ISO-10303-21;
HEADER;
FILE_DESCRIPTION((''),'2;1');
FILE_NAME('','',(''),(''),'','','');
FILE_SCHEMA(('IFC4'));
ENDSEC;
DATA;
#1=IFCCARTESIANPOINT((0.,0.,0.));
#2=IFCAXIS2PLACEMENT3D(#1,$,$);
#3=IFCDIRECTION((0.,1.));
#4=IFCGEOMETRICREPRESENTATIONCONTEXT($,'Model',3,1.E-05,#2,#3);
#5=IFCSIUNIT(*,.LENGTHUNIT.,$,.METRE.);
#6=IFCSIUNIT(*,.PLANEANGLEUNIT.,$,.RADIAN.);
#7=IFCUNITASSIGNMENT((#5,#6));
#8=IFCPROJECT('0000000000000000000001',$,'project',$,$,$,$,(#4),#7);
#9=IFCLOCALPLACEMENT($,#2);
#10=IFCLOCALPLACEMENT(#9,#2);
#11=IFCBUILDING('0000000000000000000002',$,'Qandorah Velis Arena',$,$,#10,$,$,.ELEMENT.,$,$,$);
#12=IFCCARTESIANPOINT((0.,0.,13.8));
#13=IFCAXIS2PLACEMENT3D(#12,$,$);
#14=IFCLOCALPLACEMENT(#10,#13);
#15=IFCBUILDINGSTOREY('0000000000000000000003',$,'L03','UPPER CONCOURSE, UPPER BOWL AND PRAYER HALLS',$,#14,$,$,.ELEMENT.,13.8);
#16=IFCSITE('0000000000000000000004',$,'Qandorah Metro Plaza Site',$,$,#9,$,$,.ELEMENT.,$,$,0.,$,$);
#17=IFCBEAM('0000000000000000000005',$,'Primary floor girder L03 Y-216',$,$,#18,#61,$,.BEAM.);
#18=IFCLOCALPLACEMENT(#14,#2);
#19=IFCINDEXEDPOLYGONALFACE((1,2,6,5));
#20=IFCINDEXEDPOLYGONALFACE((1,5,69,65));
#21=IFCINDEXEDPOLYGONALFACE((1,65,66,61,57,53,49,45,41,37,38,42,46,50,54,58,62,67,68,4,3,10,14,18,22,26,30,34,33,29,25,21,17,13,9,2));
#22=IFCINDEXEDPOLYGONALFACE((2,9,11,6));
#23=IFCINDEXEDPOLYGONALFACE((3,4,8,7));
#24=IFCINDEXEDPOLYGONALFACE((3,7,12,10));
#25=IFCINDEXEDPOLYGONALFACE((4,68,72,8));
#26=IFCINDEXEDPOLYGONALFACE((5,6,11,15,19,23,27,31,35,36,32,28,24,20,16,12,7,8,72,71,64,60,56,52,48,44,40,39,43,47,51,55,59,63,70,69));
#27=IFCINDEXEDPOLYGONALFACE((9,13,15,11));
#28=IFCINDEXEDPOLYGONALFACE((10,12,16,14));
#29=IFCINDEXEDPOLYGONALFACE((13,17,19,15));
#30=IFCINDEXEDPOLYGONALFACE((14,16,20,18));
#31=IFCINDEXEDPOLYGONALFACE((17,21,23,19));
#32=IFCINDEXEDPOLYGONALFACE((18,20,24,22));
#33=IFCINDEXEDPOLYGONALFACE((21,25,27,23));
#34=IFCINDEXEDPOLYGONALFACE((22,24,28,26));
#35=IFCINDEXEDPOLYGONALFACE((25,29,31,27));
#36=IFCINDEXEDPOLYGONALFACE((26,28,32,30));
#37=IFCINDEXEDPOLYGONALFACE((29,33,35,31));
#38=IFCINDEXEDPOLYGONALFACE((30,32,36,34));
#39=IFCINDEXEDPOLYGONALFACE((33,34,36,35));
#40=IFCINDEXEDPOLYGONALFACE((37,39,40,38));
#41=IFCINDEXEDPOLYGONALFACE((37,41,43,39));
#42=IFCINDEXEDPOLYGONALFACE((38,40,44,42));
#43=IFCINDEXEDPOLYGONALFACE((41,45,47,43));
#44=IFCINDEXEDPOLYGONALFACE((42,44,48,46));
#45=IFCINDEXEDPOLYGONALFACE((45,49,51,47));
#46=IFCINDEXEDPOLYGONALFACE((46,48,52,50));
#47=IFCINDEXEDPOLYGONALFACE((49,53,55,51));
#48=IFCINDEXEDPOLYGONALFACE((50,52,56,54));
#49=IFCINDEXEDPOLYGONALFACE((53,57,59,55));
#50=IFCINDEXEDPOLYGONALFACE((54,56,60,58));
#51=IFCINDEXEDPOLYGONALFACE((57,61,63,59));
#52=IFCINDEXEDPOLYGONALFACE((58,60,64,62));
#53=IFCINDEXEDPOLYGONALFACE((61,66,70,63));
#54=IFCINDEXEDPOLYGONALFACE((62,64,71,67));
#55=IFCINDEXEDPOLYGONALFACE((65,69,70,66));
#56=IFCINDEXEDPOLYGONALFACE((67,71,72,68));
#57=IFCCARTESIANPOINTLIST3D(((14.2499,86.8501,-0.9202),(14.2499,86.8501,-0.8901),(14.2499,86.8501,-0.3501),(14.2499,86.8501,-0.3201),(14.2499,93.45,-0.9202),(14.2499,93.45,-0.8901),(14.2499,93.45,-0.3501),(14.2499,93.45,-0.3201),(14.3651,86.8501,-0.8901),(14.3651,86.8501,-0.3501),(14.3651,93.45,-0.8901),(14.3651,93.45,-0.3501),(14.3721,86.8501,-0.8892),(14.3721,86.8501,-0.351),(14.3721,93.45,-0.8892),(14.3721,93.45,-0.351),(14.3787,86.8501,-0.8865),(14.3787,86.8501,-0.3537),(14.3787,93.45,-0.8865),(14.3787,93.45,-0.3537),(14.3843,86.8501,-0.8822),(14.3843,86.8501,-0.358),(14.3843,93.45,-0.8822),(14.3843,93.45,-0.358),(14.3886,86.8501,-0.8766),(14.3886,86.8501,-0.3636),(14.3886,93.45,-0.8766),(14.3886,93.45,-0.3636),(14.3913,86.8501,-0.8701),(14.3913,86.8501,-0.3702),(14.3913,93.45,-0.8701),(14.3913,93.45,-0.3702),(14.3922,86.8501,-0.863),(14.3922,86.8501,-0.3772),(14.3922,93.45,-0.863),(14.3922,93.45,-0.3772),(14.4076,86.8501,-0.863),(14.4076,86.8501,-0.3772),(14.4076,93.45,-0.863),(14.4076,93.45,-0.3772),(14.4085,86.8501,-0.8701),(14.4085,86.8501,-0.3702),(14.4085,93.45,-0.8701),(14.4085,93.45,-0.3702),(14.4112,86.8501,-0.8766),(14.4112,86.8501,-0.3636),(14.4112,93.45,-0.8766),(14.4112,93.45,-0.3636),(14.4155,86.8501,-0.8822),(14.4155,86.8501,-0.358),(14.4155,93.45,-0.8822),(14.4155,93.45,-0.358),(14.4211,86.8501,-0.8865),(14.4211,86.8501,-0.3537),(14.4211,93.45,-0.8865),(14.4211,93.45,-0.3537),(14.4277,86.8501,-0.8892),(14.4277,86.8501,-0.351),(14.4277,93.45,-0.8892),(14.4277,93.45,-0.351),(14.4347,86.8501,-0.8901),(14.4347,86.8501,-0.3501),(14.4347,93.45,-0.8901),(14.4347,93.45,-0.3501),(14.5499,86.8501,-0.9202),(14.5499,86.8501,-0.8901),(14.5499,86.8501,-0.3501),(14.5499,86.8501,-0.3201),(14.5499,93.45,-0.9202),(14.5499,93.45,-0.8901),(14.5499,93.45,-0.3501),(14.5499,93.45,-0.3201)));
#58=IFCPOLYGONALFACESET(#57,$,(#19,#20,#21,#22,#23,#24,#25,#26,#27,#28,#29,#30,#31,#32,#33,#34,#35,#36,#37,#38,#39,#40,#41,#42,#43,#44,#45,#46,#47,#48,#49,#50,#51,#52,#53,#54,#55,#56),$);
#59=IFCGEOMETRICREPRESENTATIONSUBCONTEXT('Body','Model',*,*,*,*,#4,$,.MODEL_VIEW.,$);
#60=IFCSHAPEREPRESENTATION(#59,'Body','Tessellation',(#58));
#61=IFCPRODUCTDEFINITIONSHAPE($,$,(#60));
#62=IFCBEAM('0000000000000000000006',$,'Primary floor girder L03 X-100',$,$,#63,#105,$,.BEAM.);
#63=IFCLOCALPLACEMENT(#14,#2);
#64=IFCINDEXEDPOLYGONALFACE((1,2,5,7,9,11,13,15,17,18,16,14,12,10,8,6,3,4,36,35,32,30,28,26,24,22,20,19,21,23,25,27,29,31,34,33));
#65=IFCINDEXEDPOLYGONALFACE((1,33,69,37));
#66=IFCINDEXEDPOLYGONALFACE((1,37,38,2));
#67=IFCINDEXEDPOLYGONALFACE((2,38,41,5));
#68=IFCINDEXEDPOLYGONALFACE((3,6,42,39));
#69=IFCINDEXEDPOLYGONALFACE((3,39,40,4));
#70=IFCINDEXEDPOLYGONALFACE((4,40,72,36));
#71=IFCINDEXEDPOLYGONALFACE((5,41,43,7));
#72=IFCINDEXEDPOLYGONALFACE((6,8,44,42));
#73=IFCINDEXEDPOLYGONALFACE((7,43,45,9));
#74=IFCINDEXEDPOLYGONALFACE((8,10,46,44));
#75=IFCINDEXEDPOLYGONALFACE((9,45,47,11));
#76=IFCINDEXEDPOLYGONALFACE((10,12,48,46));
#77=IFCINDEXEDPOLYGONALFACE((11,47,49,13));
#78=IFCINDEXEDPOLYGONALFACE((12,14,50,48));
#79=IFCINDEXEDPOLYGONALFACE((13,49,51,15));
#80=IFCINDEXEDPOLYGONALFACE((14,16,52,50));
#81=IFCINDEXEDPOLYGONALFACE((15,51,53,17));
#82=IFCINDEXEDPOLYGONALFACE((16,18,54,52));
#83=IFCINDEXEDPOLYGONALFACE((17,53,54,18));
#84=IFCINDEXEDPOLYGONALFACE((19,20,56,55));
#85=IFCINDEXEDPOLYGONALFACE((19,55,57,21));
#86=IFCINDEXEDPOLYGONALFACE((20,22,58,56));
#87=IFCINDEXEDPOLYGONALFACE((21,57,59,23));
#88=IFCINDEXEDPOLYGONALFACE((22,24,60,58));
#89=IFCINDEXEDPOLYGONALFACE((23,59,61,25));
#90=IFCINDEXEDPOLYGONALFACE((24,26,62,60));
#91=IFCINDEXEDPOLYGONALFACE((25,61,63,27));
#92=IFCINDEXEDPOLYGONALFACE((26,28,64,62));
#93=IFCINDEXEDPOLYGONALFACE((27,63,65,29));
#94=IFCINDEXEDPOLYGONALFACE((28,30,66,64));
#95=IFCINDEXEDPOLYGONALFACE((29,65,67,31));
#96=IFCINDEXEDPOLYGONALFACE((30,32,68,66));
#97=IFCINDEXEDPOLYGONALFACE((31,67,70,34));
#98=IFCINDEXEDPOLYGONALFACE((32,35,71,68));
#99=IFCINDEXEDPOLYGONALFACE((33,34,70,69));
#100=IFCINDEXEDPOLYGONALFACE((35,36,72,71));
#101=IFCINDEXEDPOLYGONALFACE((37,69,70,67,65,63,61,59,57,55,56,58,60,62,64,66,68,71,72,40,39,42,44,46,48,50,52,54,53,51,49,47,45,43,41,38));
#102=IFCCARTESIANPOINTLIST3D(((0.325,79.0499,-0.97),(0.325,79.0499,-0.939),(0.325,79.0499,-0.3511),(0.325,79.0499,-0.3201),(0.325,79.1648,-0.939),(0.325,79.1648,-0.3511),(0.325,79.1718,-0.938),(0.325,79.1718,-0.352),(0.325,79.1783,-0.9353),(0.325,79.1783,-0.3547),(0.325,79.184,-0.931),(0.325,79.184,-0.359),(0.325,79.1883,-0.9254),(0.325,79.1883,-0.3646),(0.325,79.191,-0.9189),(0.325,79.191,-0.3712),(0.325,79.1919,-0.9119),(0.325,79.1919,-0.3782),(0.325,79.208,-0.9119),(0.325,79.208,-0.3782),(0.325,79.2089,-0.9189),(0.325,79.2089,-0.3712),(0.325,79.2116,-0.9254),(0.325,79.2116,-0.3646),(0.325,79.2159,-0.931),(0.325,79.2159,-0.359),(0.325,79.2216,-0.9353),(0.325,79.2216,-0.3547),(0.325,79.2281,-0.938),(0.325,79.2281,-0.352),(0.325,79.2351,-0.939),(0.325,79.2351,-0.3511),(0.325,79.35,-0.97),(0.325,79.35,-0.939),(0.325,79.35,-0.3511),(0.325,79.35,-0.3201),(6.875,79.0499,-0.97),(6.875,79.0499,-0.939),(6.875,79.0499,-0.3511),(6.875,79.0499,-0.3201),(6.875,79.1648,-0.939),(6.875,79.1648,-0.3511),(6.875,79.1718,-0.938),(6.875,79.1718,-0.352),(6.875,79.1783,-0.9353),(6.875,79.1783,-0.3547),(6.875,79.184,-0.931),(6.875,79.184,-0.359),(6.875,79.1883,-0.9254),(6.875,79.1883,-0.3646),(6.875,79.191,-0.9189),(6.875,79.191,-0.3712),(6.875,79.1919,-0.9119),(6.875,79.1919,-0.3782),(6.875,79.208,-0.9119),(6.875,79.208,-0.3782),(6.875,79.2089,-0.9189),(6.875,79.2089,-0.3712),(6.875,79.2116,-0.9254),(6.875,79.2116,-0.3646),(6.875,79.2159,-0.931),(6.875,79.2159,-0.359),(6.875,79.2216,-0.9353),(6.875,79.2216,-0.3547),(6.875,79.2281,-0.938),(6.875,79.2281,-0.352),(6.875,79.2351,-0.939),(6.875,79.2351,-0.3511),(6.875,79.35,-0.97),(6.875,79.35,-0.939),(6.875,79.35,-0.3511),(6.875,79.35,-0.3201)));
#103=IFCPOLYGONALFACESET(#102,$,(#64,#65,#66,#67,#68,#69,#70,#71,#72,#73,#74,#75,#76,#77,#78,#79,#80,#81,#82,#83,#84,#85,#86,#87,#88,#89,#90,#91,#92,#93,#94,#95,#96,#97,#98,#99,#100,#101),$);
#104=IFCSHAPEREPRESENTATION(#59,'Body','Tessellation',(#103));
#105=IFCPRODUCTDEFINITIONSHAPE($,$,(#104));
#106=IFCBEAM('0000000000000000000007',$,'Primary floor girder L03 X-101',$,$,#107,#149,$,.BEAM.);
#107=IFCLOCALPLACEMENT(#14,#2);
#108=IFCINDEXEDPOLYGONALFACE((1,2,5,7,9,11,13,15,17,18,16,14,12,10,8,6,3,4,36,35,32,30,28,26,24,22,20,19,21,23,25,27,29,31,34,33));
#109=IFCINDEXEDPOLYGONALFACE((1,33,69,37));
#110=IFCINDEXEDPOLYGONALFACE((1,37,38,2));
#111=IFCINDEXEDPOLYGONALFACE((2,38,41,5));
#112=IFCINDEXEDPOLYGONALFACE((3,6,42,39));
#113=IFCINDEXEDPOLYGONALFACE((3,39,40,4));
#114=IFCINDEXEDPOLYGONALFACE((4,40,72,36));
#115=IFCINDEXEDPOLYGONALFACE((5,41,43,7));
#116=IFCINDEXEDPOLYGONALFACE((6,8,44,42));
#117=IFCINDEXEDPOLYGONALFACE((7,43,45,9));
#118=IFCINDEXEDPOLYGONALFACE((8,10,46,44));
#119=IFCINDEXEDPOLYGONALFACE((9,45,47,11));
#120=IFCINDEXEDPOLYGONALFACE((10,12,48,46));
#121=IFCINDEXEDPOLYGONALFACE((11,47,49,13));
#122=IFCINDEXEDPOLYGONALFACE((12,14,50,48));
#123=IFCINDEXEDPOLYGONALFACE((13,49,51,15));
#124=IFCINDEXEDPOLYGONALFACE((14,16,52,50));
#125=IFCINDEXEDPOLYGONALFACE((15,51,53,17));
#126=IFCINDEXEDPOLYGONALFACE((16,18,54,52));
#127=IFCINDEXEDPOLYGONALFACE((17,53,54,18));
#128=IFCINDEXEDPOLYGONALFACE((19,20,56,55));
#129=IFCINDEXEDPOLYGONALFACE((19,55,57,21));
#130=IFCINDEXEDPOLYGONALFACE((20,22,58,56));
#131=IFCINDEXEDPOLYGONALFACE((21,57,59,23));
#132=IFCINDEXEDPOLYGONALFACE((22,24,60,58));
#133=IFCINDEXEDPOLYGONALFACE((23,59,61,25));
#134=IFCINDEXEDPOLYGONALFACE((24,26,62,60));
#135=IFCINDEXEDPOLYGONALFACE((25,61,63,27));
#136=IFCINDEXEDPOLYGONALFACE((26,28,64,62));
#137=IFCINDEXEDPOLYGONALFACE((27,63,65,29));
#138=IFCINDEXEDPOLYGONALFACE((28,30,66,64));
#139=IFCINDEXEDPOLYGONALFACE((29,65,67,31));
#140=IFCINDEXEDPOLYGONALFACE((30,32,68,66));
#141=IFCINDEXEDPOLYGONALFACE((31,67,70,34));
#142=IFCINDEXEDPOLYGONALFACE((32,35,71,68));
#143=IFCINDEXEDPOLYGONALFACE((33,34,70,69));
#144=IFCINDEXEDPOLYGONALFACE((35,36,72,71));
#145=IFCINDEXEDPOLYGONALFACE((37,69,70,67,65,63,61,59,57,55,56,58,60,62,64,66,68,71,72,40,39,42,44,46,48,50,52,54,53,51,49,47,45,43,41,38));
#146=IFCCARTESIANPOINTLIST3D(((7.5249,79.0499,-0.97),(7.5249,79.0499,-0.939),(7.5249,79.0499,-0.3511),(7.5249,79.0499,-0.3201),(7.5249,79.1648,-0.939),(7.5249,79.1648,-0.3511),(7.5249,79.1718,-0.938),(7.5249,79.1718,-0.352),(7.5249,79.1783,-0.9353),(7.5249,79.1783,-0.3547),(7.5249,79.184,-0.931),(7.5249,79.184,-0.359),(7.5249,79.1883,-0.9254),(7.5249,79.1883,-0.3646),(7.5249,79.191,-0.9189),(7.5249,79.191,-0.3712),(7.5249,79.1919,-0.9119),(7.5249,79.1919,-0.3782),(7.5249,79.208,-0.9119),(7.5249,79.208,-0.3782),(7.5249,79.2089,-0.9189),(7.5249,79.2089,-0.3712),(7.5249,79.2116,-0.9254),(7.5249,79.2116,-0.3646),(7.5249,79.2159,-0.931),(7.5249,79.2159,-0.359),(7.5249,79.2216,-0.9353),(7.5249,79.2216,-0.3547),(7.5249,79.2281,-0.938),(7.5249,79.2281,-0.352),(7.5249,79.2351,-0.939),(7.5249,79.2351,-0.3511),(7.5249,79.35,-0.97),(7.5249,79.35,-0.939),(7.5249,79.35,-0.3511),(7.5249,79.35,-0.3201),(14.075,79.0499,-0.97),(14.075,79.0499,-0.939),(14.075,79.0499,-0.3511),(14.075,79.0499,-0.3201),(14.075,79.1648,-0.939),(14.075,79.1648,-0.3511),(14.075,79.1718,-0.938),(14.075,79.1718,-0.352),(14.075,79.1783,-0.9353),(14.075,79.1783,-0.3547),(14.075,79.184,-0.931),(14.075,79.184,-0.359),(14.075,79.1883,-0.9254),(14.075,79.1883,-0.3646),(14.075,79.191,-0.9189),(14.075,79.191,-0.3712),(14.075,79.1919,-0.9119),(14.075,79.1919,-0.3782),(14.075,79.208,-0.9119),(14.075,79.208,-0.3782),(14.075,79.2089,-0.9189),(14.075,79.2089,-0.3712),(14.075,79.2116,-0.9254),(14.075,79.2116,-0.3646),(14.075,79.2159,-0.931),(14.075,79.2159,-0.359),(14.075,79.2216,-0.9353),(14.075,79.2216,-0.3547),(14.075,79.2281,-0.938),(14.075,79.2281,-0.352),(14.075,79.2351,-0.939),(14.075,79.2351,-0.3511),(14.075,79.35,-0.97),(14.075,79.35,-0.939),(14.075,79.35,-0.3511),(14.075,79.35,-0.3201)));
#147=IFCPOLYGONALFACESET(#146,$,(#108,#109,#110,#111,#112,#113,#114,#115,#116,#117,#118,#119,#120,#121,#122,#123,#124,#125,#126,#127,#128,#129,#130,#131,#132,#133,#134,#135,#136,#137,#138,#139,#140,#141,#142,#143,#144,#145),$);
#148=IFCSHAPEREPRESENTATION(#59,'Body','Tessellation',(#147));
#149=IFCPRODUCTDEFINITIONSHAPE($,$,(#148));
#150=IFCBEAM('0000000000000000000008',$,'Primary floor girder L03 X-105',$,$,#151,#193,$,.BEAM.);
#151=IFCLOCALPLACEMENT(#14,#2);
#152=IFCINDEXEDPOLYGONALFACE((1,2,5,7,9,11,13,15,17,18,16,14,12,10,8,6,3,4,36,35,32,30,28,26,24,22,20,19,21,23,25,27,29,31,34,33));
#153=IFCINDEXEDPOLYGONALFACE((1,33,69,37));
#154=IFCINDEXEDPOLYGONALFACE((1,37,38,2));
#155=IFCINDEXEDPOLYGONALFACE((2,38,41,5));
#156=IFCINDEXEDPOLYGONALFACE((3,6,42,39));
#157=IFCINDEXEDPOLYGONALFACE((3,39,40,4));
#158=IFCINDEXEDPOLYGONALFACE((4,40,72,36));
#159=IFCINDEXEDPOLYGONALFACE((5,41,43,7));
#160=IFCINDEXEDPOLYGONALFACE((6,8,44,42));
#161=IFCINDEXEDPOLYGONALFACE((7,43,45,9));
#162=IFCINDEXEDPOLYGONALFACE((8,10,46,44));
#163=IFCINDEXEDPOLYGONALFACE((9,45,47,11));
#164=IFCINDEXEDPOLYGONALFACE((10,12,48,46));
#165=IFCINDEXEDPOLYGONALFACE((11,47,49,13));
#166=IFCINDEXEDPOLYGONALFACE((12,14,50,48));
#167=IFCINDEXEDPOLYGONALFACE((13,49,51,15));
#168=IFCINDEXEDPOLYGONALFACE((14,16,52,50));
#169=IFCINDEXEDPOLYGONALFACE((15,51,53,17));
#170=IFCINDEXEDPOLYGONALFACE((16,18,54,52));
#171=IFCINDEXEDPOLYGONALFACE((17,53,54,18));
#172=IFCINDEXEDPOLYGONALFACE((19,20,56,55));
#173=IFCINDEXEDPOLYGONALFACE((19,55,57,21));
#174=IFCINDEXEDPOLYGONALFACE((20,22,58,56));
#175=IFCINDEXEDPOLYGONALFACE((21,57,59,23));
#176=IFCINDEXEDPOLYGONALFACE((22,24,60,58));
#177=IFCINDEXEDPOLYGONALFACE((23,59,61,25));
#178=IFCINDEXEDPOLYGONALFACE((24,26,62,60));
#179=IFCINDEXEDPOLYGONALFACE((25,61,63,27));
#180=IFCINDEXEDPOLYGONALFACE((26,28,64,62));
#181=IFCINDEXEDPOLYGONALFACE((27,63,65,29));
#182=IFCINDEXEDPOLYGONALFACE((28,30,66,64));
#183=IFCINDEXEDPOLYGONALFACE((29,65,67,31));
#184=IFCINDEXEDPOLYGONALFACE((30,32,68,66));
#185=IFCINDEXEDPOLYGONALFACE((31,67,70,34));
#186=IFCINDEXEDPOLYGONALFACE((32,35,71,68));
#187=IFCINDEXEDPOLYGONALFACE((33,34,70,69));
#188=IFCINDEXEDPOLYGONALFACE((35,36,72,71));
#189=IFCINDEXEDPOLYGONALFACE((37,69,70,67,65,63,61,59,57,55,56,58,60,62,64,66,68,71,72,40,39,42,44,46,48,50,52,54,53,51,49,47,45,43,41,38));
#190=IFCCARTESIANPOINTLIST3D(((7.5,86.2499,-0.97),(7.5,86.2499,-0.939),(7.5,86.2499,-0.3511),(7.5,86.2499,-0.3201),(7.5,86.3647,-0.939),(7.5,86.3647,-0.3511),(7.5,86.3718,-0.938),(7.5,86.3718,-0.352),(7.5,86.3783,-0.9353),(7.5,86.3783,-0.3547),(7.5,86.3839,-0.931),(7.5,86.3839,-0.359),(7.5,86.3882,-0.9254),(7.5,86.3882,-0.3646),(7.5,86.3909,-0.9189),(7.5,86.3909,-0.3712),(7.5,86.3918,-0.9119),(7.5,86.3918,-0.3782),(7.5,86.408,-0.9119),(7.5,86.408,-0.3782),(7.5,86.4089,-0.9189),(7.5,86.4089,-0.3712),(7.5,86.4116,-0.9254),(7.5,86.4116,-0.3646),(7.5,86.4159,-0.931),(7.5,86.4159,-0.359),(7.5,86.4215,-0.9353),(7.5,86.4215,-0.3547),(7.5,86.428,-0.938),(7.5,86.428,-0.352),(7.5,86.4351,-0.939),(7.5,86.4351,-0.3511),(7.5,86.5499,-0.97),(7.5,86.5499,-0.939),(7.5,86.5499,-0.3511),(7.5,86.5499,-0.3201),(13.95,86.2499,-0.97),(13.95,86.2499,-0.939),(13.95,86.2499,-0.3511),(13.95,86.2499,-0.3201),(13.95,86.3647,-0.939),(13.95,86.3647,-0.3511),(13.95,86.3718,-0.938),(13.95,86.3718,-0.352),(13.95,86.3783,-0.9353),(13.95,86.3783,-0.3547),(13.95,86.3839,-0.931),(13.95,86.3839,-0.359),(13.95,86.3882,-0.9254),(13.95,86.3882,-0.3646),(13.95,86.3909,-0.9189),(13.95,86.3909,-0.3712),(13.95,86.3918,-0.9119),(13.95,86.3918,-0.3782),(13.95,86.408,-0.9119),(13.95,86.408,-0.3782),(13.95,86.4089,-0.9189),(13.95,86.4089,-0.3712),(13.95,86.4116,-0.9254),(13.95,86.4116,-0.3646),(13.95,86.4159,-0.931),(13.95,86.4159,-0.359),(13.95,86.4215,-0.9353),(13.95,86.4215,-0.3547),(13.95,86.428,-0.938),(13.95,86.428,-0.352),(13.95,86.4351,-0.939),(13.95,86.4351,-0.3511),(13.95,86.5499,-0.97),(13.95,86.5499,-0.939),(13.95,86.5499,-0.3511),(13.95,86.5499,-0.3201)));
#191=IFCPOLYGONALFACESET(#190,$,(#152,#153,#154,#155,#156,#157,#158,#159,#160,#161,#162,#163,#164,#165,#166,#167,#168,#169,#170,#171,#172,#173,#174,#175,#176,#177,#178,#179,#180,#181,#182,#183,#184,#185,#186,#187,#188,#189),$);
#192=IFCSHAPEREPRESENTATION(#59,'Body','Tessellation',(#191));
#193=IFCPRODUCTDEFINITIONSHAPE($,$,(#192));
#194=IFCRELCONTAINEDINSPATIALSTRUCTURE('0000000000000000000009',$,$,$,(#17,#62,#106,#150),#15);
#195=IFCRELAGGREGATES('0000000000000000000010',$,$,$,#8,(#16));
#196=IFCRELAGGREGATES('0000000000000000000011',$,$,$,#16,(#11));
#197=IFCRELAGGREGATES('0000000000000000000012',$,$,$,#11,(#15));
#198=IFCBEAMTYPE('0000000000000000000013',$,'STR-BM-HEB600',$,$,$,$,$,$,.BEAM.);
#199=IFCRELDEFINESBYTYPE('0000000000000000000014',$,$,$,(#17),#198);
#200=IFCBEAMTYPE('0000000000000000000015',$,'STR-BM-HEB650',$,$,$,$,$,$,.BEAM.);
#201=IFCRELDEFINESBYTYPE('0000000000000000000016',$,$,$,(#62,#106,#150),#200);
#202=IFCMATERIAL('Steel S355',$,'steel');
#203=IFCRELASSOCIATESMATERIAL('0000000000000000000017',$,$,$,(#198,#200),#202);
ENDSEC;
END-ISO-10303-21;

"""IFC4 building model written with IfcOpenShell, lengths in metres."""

from ifc_helpers import new_model, si_unit, direction, frame, origin, origin_2d, place, context, subcontext, project, spatial, i_section, extrude, material, material_profile, profile_set, type_object, element, save


model = new_model("IFC4")

# Units and contexts
model_context = context("Model", 3, precision=1e-05, world=origin(), true_north=direction((0.0, 1.0)))
body_context = subcontext(model_context, "Body", "Model", "MODEL_VIEW")
ifc_project = project(units=[si_unit("LENGTHUNIT", "METRE"), si_unit("PLANEANGLEUNIT", "RADIAN")], contexts=[model_context])

# Site, building, storey
site_placement = place(None, origin())
site = spatial("IfcSite", under=ifc_project, at=site_placement, Name="Qandorah Metro Plaza Site", CompositionType="ELEMENT", RefElevation=0.0)
building_placement = place(site_placement, origin())
building = spatial("IfcBuilding", under=site, at=building_placement, Name="Qandorah Velis Arena", CompositionType="ELEMENT")
storey_placement = place(building_placement, frame((0.0, 0.0, 13.8)))
storey = spatial("IfcBuildingStorey", under=building, at=storey_placement, Name="L03", Description="UPPER CONCOURSE, UPPER BOWL AND PRAYER HALLS", CompositionType="ELEMENT", Elevation=13.8)

# Beams
ifc_material_1 = material(Name="Steel S355", Category="steel")
ifc_material_profile_1 = material_profile(ifc_material_1, i_section(OverallWidth=0.3, OverallDepth=0.6001, WebThickness=0.0154, FlangeThickness=0.03, FilletRadius=0.0271, at=origin_2d()), Name="HEB 600")
ifc_profile_set_1 = profile_set([ifc_material_profile_1], Name="Steel S355")
beam_type_1 = type_object("IfcBeamType", Name="STR-BM-HEB600", PredefinedType="BEAM", material=ifc_profile_set_1)
beam_1_placement = place(storey_placement, frame((14.3999, 86.8501, -0.6201), z_axis=(0.0, 1.0, 0.0), x_axis=(-1.0, 0.0, 0.0)))
element("IfcBeam", 1, at=beam_1_placement, inside=storey, type_object=beam_type_1, Name="Primary floor girder L03 Y-216", PredefinedType="BEAM", context=body_context, shape_type="SweptSolid", body=[
    extrude(i_section(OverallWidth=0.3, OverallDepth=0.6001, WebThickness=0.0154, FlangeThickness=0.03, FilletRadius=0.0271, at=origin_2d()), origin(), (0.0, 0.0, 1.0), 6.5999),
])
ifc_material_profile_2 = material_profile(ifc_material_1, i_section(OverallWidth=0.3, OverallDepth=0.6499, WebThickness=0.0161, FlangeThickness=0.031, FilletRadius=0.0271, at=origin_2d()), Name="HEB 650")
ifc_profile_set_2 = profile_set([ifc_material_profile_2], Name="Steel S355")
beam_type_2 = type_object("IfcBeamType", Name="STR-BM-HEB650", PredefinedType="BEAM", material=ifc_profile_set_2)
for number, where, z_axis, x_axis, name in (
    (2, (0.325, 79.2, -0.645), (1.0, 0.0, 0.0), (0.0, 1.0, 0.0), "Primary floor girder L03 X-100"),
    (3, (7.5249, 79.2, -0.645), (1.0, 0.0, 0.0), (0.0, 1.0, 0.0), "Primary floor girder L03 X-101"),
):
    element("IfcBeam", number, at=place(storey_placement, frame(where, z_axis=z_axis, x_axis=x_axis)), inside=storey, type_object=beam_type_2, Name=name, PredefinedType="BEAM", context=body_context, shape_type="SweptSolid", body=[
        extrude(i_section(OverallWidth=0.3, OverallDepth=0.6499, WebThickness=0.0161, FlangeThickness=0.031, FilletRadius=0.0271, at=origin_2d()), origin(), (0.0, 0.0, 1.0), 6.55),
    ])
for number, where, z_axis, x_axis, name in (
    (4, (7.5, 86.3999, -0.645), (1.0, 0.0, 0.0), (0.0, 1.0, 0.0), "Primary floor girder L03 X-105"),
):
    element("IfcBeam", number, at=place(storey_placement, frame(where, z_axis=z_axis, x_axis=x_axis)), inside=storey, type_object=beam_type_2, Name=name, PredefinedType="BEAM", context=body_context, shape_type="SweptSolid", body=[
        extrude(i_section(OverallWidth=0.3, OverallDepth=0.6499, WebThickness=0.0161, FlangeThickness=0.031, FilletRadius=0.0271, at=origin_2d()), origin(), (0.0, 0.0, 1.0), 6.45),
    ])

save(model, "model.ifc")
